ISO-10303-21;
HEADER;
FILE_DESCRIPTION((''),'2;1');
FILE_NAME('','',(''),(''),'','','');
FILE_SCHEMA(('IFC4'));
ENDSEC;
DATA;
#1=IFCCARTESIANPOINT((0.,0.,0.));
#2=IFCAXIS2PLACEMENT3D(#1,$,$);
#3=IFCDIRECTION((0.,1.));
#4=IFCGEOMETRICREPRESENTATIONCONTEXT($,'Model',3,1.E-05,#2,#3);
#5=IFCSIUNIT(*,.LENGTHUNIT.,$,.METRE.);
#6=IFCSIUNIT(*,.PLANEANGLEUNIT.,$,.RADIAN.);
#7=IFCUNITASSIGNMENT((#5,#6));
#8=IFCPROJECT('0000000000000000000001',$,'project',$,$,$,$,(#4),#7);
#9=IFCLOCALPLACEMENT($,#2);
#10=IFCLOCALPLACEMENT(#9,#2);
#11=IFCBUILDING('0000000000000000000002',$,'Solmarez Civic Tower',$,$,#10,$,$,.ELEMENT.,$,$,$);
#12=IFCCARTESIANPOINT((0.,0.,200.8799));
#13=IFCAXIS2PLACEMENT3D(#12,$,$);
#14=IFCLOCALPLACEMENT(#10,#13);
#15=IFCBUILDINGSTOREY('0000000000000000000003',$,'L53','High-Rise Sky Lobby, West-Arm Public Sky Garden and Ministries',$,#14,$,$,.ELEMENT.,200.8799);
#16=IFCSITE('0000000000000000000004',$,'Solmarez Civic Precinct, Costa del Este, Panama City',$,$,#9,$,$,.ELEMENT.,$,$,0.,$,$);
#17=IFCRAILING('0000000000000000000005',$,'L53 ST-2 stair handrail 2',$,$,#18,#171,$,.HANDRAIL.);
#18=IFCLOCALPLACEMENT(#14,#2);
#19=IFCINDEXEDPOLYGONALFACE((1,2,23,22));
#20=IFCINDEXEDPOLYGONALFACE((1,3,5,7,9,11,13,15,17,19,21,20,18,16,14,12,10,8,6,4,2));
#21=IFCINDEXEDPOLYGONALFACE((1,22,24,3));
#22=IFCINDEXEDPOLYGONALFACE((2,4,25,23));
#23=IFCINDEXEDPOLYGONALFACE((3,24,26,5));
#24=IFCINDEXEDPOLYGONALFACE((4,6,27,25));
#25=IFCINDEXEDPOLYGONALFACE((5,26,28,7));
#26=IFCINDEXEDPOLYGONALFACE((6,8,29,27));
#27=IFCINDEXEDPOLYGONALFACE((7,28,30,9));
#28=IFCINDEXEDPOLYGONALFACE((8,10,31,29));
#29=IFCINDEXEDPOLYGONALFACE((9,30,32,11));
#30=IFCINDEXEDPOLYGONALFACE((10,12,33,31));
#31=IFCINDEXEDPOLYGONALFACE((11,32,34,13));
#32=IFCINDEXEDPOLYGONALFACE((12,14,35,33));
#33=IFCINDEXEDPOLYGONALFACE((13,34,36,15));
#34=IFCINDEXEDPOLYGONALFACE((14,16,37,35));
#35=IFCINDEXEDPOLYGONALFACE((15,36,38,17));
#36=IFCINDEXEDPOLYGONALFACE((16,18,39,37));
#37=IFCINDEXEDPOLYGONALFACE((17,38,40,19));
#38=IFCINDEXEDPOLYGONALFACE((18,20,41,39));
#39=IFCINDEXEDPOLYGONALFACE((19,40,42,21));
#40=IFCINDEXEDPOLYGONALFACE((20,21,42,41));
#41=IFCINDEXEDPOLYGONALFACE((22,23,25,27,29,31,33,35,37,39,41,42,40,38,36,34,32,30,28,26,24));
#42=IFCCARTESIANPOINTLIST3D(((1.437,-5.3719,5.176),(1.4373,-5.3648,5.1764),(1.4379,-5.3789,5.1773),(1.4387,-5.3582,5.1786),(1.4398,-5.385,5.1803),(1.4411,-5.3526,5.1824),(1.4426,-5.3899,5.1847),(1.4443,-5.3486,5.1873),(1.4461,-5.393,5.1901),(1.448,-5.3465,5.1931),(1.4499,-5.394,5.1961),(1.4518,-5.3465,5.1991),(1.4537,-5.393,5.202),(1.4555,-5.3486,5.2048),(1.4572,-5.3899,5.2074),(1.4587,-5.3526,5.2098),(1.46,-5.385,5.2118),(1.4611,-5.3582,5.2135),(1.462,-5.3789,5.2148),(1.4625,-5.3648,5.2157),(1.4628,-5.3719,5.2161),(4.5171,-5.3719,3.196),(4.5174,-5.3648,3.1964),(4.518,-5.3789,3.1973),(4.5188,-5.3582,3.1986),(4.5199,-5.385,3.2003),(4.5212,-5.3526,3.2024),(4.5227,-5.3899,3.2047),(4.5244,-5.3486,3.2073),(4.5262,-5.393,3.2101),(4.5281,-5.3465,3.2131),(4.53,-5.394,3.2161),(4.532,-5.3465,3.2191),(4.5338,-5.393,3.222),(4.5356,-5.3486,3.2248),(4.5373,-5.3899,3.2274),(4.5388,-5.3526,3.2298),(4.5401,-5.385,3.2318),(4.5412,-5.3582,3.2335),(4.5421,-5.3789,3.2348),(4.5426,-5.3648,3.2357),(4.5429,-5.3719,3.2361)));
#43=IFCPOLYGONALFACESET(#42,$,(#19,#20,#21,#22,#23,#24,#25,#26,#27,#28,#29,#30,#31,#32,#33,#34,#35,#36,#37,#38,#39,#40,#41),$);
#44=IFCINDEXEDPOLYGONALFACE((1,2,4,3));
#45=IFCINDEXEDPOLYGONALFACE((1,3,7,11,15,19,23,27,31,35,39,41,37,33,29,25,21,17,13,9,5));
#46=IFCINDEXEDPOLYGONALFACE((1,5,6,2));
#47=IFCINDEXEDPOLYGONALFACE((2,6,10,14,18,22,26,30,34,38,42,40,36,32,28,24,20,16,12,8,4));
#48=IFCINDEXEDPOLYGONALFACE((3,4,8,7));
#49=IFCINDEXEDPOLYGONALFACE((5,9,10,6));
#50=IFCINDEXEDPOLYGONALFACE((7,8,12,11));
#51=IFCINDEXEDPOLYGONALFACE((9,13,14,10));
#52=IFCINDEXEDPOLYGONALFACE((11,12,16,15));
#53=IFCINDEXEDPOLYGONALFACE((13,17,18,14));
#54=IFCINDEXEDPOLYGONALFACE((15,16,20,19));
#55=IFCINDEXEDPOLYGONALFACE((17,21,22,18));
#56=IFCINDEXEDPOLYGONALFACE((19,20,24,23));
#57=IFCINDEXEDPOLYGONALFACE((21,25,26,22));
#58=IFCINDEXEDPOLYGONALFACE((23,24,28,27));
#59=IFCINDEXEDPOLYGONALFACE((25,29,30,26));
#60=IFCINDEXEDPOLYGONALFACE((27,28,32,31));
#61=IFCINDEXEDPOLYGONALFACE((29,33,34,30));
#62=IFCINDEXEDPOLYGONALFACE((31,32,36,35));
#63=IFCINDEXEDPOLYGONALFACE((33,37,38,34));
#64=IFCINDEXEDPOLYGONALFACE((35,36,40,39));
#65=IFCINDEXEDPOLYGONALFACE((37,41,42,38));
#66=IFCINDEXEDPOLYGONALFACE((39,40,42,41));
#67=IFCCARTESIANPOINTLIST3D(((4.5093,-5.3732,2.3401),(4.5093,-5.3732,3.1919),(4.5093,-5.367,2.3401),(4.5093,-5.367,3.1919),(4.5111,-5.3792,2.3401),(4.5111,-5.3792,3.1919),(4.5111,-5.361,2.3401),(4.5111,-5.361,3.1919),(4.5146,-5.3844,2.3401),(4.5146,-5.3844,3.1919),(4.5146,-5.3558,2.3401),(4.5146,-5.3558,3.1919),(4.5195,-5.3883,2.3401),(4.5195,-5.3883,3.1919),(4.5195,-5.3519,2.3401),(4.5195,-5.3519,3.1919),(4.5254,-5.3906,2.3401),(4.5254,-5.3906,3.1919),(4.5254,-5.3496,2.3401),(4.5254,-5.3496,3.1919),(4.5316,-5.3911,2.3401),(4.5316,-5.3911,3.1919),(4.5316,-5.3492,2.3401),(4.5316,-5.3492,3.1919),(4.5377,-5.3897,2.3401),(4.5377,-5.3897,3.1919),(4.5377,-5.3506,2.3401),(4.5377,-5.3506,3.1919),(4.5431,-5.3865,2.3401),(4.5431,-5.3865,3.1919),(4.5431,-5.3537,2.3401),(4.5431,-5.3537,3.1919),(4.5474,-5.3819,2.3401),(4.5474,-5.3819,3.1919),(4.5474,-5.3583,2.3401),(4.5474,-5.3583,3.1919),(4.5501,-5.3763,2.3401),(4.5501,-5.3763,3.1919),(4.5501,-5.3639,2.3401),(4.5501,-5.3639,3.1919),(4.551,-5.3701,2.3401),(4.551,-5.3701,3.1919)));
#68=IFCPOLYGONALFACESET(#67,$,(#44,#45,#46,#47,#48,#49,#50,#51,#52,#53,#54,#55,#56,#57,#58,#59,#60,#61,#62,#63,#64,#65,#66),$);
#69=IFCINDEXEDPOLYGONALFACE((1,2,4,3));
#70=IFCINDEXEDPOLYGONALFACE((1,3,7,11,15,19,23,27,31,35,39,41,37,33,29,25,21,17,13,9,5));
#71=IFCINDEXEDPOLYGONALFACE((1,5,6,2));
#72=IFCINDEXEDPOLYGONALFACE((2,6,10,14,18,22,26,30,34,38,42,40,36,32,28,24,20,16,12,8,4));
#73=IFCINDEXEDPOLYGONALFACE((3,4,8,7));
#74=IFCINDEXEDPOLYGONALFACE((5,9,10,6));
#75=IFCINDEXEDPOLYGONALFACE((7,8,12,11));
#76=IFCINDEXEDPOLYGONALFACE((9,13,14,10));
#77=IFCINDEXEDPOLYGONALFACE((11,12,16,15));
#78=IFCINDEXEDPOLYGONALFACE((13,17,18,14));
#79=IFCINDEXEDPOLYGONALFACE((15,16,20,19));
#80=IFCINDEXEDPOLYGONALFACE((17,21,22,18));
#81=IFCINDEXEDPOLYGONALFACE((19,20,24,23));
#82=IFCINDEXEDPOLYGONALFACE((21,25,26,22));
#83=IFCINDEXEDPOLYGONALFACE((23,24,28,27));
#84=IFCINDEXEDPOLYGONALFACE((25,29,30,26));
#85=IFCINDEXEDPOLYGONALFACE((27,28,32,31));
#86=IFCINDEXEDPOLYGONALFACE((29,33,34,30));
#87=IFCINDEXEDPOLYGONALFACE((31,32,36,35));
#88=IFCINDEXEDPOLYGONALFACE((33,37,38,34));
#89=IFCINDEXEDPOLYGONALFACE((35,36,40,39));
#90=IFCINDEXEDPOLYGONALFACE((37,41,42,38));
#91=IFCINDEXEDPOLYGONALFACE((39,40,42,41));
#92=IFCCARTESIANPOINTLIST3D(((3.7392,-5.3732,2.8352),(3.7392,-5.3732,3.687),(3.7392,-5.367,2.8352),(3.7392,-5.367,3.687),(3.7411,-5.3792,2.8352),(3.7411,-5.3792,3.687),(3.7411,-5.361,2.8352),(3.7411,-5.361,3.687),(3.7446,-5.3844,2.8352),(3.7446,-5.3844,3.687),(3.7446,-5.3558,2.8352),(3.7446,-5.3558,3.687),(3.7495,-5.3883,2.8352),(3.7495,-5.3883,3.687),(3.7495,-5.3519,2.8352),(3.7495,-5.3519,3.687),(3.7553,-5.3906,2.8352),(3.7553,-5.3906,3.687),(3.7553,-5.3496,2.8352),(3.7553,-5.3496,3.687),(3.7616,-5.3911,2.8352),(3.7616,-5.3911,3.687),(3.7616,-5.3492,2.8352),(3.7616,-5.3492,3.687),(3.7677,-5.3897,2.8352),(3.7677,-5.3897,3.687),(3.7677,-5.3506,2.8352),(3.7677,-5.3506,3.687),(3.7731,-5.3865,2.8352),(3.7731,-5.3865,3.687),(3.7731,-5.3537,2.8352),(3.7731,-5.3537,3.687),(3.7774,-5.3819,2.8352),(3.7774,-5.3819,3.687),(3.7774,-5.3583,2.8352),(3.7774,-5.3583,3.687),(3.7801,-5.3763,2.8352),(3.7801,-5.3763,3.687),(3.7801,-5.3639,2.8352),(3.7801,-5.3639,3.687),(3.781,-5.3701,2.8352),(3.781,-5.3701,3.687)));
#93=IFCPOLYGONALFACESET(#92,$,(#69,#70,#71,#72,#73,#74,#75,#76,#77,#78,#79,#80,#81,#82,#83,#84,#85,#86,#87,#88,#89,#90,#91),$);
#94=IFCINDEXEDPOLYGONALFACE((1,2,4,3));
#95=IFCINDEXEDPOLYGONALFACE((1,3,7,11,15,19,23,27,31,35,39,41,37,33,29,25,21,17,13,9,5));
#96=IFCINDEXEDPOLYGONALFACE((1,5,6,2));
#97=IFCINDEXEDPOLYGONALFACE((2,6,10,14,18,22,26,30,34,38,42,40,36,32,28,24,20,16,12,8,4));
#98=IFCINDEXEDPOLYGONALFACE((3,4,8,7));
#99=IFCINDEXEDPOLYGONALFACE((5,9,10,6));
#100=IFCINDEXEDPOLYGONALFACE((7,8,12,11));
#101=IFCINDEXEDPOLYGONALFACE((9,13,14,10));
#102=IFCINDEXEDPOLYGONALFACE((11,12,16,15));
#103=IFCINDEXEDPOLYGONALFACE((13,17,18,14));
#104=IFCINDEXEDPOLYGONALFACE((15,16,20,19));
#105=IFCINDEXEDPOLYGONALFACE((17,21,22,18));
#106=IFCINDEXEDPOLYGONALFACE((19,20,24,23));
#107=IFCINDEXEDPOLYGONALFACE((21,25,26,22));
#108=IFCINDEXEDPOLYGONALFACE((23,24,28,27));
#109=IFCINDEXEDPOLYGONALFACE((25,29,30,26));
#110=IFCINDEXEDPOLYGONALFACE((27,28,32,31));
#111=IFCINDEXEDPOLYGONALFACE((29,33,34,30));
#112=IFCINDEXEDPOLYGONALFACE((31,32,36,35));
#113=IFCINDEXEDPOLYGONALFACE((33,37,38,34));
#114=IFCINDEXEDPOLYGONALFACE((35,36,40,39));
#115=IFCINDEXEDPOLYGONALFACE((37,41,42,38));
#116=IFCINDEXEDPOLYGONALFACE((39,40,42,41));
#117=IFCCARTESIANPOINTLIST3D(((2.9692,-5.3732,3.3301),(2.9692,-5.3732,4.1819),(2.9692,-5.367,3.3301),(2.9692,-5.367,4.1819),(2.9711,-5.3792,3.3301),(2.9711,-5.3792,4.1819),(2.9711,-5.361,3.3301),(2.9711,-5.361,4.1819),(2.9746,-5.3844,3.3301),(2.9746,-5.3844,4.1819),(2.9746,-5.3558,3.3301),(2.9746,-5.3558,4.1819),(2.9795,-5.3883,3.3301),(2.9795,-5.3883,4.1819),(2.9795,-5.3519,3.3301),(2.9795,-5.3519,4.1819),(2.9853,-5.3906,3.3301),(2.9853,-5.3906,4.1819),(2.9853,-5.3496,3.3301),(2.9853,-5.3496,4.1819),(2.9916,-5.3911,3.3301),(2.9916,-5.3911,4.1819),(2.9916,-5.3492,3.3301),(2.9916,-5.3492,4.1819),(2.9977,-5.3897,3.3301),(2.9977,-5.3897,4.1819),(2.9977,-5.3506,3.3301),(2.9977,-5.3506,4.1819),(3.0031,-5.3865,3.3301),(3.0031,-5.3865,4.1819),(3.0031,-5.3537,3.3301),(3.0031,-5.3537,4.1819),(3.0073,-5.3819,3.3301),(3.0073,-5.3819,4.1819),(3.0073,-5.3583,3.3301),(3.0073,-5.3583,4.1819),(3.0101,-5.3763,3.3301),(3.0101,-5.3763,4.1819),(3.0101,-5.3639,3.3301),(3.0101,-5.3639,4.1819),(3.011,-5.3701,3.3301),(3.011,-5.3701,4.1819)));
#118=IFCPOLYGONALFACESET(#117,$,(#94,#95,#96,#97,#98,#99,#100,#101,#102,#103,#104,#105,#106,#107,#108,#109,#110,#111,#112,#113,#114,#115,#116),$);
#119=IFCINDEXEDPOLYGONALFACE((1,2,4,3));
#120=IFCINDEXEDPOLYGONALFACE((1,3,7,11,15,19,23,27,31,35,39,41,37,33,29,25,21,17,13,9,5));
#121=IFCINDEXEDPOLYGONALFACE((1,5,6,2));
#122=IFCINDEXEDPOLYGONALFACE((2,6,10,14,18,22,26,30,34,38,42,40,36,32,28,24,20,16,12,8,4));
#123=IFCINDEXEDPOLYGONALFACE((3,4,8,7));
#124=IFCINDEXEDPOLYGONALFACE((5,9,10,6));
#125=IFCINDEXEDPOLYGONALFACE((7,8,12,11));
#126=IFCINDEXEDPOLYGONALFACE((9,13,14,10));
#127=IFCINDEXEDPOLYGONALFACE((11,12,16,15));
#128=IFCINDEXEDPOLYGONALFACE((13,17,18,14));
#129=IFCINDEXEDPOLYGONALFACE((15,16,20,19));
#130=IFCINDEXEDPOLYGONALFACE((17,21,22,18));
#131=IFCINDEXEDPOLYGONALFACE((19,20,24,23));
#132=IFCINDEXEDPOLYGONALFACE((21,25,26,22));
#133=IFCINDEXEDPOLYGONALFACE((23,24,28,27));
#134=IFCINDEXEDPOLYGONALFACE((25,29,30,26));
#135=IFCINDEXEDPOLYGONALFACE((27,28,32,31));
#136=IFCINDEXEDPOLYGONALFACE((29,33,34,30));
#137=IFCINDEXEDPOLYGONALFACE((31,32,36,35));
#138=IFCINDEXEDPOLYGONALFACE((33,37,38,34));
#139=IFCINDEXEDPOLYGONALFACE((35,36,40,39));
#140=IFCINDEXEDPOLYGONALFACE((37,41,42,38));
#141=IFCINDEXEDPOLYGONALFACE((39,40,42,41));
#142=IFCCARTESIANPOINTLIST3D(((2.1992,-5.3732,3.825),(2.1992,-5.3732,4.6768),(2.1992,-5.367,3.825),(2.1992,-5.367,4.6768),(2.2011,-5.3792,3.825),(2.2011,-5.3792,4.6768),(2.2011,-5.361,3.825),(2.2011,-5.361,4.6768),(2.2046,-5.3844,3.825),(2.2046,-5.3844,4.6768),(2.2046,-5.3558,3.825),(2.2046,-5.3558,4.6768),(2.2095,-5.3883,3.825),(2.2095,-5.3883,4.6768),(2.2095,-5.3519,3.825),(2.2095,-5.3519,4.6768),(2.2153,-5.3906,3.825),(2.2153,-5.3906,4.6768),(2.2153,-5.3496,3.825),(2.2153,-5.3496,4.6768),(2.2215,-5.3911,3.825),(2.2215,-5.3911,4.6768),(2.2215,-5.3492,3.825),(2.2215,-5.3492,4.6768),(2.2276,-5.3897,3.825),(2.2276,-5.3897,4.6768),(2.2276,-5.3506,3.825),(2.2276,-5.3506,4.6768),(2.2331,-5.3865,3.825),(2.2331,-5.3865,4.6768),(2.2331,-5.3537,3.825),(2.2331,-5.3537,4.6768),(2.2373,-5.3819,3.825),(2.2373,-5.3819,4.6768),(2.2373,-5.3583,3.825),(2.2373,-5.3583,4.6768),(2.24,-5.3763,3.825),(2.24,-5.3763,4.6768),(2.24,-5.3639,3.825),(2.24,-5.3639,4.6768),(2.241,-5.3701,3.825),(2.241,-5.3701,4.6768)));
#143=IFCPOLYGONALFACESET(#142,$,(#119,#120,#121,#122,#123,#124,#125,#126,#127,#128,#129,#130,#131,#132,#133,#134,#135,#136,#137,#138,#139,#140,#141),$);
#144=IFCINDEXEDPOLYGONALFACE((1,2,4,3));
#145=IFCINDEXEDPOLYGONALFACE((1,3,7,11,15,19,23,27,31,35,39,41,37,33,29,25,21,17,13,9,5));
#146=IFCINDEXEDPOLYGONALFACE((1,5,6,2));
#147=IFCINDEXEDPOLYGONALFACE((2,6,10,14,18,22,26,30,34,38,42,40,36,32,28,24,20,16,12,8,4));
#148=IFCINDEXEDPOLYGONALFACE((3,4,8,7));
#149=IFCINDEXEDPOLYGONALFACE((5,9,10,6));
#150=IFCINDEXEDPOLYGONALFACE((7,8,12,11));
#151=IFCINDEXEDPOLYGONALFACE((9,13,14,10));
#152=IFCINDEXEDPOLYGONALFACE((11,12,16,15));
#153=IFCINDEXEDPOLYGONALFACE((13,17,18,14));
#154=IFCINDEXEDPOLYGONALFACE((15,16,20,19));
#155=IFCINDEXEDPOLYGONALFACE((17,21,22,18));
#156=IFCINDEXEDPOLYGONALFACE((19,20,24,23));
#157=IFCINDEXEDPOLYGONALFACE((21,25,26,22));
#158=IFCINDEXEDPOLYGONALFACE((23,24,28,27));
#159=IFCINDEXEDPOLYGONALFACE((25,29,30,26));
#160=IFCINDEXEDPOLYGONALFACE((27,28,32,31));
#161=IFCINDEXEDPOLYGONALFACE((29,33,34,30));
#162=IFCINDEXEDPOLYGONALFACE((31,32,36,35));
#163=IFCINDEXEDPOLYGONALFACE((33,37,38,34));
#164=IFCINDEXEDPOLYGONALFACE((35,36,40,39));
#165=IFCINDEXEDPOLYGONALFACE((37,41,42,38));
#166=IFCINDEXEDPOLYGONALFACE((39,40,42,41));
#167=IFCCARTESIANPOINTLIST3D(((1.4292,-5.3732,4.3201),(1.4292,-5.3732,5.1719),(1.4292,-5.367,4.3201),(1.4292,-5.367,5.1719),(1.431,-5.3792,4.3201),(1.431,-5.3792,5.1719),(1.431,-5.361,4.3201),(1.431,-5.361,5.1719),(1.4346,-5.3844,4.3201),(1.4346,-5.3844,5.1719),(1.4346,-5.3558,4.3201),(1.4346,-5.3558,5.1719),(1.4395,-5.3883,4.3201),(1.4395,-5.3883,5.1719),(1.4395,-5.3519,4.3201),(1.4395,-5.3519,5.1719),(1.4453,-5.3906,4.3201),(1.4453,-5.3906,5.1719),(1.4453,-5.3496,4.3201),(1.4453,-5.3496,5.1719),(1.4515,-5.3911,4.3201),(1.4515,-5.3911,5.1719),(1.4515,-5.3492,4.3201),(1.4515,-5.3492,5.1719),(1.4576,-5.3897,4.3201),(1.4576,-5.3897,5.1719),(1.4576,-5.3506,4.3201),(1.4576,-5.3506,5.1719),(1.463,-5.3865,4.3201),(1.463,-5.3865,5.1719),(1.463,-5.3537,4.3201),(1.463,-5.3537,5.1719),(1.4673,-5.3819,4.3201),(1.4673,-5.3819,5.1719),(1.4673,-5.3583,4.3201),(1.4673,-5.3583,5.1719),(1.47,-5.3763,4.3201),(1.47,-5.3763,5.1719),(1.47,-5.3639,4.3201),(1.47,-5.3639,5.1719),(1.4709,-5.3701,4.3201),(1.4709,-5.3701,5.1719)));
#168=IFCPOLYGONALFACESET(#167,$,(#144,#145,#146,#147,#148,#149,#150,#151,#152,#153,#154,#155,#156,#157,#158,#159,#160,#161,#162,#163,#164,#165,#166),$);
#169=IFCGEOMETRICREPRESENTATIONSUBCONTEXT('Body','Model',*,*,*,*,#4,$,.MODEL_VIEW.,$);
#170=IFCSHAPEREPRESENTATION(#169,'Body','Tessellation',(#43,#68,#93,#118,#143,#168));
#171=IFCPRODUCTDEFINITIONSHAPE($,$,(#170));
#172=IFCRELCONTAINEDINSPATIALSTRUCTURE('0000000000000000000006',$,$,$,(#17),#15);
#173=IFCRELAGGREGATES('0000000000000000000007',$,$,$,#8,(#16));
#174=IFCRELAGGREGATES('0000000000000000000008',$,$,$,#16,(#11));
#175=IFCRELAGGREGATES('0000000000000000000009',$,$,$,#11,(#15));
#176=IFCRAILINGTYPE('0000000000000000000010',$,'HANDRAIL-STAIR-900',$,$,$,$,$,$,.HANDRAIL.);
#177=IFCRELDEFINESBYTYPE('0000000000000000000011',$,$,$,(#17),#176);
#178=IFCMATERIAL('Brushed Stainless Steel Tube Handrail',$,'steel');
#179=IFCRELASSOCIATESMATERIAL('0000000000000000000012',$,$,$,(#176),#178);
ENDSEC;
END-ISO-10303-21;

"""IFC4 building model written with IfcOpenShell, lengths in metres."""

from ifc_helpers import new_model, si_unit, direction, frame, origin, origin_2d, place, context, subcontext, project, spatial, circle, extrude, material, type_object, element, save


model = new_model("IFC4")

# Units and contexts
model_context = context("Model", 3, precision=1e-05, world=origin(), true_north=direction((0.0, 1.0)))
body_context = subcontext(model_context, "Body", "Model", "MODEL_VIEW")
ifc_project = project(units=[si_unit("LENGTHUNIT", "METRE"), si_unit("PLANEANGLEUNIT", "RADIAN")], contexts=[model_context])

# Site, building, storey
site_placement = place(None, origin())
site = spatial("IfcSite", under=ifc_project, at=site_placement, Name="Solmarez Civic Precinct, Costa del Este, Panama City", CompositionType="ELEMENT", RefElevation=0.0)
building_placement = place(site_placement, origin())
building = spatial("IfcBuilding", under=site, at=building_placement, Name="Solmarez Civic Tower", CompositionType="ELEMENT")
storey_placement = place(building_placement, frame((0.0, 0.0, 200.8799)))
storey = spatial("IfcBuildingStorey", under=building, at=storey_placement, Name="L53", Description="High-Rise Sky Lobby, West-Arm Public Sky Garden and Ministries", CompositionType="ELEMENT", Elevation=200.8799)

# Railing
ifc_material_1 = material(Name="Brushed Stainless Steel Tube Handrail", Category="steel")
railing_type_1 = type_object("IfcRailingType", Name="HANDRAIL-STAIR-900", PredefinedType="HANDRAIL", material=ifc_material_1)
railing_1_placement = place(storey_placement, frame((4.53, -5.3701, 2.3401)))
element("IfcRailing", 1, at=railing_1_placement, inside=storey, type_object=railing_type_1, Name="L53 ST-2 stair handrail 2", PredefinedType="HANDRAIL", context=body_context, shape_type="SweptSolid", body=[
    extrude(circle(Radius=0.0239, at=origin_2d()), frame((0.0, 0.0, 0.876), z_axis=(-0.841187, 0.0, 0.540744), x_axis=(0.0, -1.0, 0.0)), (0.0, 0.0, 1.0), 3.6616),
    extrude(circle(Radius=0.021, at=origin_2d()), origin(), (0.0, 0.0, 1.0), 0.8518),
    extrude(circle(Radius=0.021, at=origin_2d()), frame((-0.77, 0.0, 0.4951)), (0.0, 0.0, 1.0), 0.8518),
    extrude(circle(Radius=0.021, at=origin_2d()), frame((-1.54, 0.0, 0.99)), (0.0, 0.0, 1.0), 0.8518),
    extrude(circle(Radius=0.021, at=origin_2d()), frame((-2.3101, 0.0, 1.4849)), (0.0, 0.0, 1.0), 0.8518),
    extrude(circle(Radius=0.021, at=origin_2d()), frame((-3.0801, 0.0, 1.98)), (0.0, 0.0, 1.0), 0.8518),
])

save(model, "model.ifc")
